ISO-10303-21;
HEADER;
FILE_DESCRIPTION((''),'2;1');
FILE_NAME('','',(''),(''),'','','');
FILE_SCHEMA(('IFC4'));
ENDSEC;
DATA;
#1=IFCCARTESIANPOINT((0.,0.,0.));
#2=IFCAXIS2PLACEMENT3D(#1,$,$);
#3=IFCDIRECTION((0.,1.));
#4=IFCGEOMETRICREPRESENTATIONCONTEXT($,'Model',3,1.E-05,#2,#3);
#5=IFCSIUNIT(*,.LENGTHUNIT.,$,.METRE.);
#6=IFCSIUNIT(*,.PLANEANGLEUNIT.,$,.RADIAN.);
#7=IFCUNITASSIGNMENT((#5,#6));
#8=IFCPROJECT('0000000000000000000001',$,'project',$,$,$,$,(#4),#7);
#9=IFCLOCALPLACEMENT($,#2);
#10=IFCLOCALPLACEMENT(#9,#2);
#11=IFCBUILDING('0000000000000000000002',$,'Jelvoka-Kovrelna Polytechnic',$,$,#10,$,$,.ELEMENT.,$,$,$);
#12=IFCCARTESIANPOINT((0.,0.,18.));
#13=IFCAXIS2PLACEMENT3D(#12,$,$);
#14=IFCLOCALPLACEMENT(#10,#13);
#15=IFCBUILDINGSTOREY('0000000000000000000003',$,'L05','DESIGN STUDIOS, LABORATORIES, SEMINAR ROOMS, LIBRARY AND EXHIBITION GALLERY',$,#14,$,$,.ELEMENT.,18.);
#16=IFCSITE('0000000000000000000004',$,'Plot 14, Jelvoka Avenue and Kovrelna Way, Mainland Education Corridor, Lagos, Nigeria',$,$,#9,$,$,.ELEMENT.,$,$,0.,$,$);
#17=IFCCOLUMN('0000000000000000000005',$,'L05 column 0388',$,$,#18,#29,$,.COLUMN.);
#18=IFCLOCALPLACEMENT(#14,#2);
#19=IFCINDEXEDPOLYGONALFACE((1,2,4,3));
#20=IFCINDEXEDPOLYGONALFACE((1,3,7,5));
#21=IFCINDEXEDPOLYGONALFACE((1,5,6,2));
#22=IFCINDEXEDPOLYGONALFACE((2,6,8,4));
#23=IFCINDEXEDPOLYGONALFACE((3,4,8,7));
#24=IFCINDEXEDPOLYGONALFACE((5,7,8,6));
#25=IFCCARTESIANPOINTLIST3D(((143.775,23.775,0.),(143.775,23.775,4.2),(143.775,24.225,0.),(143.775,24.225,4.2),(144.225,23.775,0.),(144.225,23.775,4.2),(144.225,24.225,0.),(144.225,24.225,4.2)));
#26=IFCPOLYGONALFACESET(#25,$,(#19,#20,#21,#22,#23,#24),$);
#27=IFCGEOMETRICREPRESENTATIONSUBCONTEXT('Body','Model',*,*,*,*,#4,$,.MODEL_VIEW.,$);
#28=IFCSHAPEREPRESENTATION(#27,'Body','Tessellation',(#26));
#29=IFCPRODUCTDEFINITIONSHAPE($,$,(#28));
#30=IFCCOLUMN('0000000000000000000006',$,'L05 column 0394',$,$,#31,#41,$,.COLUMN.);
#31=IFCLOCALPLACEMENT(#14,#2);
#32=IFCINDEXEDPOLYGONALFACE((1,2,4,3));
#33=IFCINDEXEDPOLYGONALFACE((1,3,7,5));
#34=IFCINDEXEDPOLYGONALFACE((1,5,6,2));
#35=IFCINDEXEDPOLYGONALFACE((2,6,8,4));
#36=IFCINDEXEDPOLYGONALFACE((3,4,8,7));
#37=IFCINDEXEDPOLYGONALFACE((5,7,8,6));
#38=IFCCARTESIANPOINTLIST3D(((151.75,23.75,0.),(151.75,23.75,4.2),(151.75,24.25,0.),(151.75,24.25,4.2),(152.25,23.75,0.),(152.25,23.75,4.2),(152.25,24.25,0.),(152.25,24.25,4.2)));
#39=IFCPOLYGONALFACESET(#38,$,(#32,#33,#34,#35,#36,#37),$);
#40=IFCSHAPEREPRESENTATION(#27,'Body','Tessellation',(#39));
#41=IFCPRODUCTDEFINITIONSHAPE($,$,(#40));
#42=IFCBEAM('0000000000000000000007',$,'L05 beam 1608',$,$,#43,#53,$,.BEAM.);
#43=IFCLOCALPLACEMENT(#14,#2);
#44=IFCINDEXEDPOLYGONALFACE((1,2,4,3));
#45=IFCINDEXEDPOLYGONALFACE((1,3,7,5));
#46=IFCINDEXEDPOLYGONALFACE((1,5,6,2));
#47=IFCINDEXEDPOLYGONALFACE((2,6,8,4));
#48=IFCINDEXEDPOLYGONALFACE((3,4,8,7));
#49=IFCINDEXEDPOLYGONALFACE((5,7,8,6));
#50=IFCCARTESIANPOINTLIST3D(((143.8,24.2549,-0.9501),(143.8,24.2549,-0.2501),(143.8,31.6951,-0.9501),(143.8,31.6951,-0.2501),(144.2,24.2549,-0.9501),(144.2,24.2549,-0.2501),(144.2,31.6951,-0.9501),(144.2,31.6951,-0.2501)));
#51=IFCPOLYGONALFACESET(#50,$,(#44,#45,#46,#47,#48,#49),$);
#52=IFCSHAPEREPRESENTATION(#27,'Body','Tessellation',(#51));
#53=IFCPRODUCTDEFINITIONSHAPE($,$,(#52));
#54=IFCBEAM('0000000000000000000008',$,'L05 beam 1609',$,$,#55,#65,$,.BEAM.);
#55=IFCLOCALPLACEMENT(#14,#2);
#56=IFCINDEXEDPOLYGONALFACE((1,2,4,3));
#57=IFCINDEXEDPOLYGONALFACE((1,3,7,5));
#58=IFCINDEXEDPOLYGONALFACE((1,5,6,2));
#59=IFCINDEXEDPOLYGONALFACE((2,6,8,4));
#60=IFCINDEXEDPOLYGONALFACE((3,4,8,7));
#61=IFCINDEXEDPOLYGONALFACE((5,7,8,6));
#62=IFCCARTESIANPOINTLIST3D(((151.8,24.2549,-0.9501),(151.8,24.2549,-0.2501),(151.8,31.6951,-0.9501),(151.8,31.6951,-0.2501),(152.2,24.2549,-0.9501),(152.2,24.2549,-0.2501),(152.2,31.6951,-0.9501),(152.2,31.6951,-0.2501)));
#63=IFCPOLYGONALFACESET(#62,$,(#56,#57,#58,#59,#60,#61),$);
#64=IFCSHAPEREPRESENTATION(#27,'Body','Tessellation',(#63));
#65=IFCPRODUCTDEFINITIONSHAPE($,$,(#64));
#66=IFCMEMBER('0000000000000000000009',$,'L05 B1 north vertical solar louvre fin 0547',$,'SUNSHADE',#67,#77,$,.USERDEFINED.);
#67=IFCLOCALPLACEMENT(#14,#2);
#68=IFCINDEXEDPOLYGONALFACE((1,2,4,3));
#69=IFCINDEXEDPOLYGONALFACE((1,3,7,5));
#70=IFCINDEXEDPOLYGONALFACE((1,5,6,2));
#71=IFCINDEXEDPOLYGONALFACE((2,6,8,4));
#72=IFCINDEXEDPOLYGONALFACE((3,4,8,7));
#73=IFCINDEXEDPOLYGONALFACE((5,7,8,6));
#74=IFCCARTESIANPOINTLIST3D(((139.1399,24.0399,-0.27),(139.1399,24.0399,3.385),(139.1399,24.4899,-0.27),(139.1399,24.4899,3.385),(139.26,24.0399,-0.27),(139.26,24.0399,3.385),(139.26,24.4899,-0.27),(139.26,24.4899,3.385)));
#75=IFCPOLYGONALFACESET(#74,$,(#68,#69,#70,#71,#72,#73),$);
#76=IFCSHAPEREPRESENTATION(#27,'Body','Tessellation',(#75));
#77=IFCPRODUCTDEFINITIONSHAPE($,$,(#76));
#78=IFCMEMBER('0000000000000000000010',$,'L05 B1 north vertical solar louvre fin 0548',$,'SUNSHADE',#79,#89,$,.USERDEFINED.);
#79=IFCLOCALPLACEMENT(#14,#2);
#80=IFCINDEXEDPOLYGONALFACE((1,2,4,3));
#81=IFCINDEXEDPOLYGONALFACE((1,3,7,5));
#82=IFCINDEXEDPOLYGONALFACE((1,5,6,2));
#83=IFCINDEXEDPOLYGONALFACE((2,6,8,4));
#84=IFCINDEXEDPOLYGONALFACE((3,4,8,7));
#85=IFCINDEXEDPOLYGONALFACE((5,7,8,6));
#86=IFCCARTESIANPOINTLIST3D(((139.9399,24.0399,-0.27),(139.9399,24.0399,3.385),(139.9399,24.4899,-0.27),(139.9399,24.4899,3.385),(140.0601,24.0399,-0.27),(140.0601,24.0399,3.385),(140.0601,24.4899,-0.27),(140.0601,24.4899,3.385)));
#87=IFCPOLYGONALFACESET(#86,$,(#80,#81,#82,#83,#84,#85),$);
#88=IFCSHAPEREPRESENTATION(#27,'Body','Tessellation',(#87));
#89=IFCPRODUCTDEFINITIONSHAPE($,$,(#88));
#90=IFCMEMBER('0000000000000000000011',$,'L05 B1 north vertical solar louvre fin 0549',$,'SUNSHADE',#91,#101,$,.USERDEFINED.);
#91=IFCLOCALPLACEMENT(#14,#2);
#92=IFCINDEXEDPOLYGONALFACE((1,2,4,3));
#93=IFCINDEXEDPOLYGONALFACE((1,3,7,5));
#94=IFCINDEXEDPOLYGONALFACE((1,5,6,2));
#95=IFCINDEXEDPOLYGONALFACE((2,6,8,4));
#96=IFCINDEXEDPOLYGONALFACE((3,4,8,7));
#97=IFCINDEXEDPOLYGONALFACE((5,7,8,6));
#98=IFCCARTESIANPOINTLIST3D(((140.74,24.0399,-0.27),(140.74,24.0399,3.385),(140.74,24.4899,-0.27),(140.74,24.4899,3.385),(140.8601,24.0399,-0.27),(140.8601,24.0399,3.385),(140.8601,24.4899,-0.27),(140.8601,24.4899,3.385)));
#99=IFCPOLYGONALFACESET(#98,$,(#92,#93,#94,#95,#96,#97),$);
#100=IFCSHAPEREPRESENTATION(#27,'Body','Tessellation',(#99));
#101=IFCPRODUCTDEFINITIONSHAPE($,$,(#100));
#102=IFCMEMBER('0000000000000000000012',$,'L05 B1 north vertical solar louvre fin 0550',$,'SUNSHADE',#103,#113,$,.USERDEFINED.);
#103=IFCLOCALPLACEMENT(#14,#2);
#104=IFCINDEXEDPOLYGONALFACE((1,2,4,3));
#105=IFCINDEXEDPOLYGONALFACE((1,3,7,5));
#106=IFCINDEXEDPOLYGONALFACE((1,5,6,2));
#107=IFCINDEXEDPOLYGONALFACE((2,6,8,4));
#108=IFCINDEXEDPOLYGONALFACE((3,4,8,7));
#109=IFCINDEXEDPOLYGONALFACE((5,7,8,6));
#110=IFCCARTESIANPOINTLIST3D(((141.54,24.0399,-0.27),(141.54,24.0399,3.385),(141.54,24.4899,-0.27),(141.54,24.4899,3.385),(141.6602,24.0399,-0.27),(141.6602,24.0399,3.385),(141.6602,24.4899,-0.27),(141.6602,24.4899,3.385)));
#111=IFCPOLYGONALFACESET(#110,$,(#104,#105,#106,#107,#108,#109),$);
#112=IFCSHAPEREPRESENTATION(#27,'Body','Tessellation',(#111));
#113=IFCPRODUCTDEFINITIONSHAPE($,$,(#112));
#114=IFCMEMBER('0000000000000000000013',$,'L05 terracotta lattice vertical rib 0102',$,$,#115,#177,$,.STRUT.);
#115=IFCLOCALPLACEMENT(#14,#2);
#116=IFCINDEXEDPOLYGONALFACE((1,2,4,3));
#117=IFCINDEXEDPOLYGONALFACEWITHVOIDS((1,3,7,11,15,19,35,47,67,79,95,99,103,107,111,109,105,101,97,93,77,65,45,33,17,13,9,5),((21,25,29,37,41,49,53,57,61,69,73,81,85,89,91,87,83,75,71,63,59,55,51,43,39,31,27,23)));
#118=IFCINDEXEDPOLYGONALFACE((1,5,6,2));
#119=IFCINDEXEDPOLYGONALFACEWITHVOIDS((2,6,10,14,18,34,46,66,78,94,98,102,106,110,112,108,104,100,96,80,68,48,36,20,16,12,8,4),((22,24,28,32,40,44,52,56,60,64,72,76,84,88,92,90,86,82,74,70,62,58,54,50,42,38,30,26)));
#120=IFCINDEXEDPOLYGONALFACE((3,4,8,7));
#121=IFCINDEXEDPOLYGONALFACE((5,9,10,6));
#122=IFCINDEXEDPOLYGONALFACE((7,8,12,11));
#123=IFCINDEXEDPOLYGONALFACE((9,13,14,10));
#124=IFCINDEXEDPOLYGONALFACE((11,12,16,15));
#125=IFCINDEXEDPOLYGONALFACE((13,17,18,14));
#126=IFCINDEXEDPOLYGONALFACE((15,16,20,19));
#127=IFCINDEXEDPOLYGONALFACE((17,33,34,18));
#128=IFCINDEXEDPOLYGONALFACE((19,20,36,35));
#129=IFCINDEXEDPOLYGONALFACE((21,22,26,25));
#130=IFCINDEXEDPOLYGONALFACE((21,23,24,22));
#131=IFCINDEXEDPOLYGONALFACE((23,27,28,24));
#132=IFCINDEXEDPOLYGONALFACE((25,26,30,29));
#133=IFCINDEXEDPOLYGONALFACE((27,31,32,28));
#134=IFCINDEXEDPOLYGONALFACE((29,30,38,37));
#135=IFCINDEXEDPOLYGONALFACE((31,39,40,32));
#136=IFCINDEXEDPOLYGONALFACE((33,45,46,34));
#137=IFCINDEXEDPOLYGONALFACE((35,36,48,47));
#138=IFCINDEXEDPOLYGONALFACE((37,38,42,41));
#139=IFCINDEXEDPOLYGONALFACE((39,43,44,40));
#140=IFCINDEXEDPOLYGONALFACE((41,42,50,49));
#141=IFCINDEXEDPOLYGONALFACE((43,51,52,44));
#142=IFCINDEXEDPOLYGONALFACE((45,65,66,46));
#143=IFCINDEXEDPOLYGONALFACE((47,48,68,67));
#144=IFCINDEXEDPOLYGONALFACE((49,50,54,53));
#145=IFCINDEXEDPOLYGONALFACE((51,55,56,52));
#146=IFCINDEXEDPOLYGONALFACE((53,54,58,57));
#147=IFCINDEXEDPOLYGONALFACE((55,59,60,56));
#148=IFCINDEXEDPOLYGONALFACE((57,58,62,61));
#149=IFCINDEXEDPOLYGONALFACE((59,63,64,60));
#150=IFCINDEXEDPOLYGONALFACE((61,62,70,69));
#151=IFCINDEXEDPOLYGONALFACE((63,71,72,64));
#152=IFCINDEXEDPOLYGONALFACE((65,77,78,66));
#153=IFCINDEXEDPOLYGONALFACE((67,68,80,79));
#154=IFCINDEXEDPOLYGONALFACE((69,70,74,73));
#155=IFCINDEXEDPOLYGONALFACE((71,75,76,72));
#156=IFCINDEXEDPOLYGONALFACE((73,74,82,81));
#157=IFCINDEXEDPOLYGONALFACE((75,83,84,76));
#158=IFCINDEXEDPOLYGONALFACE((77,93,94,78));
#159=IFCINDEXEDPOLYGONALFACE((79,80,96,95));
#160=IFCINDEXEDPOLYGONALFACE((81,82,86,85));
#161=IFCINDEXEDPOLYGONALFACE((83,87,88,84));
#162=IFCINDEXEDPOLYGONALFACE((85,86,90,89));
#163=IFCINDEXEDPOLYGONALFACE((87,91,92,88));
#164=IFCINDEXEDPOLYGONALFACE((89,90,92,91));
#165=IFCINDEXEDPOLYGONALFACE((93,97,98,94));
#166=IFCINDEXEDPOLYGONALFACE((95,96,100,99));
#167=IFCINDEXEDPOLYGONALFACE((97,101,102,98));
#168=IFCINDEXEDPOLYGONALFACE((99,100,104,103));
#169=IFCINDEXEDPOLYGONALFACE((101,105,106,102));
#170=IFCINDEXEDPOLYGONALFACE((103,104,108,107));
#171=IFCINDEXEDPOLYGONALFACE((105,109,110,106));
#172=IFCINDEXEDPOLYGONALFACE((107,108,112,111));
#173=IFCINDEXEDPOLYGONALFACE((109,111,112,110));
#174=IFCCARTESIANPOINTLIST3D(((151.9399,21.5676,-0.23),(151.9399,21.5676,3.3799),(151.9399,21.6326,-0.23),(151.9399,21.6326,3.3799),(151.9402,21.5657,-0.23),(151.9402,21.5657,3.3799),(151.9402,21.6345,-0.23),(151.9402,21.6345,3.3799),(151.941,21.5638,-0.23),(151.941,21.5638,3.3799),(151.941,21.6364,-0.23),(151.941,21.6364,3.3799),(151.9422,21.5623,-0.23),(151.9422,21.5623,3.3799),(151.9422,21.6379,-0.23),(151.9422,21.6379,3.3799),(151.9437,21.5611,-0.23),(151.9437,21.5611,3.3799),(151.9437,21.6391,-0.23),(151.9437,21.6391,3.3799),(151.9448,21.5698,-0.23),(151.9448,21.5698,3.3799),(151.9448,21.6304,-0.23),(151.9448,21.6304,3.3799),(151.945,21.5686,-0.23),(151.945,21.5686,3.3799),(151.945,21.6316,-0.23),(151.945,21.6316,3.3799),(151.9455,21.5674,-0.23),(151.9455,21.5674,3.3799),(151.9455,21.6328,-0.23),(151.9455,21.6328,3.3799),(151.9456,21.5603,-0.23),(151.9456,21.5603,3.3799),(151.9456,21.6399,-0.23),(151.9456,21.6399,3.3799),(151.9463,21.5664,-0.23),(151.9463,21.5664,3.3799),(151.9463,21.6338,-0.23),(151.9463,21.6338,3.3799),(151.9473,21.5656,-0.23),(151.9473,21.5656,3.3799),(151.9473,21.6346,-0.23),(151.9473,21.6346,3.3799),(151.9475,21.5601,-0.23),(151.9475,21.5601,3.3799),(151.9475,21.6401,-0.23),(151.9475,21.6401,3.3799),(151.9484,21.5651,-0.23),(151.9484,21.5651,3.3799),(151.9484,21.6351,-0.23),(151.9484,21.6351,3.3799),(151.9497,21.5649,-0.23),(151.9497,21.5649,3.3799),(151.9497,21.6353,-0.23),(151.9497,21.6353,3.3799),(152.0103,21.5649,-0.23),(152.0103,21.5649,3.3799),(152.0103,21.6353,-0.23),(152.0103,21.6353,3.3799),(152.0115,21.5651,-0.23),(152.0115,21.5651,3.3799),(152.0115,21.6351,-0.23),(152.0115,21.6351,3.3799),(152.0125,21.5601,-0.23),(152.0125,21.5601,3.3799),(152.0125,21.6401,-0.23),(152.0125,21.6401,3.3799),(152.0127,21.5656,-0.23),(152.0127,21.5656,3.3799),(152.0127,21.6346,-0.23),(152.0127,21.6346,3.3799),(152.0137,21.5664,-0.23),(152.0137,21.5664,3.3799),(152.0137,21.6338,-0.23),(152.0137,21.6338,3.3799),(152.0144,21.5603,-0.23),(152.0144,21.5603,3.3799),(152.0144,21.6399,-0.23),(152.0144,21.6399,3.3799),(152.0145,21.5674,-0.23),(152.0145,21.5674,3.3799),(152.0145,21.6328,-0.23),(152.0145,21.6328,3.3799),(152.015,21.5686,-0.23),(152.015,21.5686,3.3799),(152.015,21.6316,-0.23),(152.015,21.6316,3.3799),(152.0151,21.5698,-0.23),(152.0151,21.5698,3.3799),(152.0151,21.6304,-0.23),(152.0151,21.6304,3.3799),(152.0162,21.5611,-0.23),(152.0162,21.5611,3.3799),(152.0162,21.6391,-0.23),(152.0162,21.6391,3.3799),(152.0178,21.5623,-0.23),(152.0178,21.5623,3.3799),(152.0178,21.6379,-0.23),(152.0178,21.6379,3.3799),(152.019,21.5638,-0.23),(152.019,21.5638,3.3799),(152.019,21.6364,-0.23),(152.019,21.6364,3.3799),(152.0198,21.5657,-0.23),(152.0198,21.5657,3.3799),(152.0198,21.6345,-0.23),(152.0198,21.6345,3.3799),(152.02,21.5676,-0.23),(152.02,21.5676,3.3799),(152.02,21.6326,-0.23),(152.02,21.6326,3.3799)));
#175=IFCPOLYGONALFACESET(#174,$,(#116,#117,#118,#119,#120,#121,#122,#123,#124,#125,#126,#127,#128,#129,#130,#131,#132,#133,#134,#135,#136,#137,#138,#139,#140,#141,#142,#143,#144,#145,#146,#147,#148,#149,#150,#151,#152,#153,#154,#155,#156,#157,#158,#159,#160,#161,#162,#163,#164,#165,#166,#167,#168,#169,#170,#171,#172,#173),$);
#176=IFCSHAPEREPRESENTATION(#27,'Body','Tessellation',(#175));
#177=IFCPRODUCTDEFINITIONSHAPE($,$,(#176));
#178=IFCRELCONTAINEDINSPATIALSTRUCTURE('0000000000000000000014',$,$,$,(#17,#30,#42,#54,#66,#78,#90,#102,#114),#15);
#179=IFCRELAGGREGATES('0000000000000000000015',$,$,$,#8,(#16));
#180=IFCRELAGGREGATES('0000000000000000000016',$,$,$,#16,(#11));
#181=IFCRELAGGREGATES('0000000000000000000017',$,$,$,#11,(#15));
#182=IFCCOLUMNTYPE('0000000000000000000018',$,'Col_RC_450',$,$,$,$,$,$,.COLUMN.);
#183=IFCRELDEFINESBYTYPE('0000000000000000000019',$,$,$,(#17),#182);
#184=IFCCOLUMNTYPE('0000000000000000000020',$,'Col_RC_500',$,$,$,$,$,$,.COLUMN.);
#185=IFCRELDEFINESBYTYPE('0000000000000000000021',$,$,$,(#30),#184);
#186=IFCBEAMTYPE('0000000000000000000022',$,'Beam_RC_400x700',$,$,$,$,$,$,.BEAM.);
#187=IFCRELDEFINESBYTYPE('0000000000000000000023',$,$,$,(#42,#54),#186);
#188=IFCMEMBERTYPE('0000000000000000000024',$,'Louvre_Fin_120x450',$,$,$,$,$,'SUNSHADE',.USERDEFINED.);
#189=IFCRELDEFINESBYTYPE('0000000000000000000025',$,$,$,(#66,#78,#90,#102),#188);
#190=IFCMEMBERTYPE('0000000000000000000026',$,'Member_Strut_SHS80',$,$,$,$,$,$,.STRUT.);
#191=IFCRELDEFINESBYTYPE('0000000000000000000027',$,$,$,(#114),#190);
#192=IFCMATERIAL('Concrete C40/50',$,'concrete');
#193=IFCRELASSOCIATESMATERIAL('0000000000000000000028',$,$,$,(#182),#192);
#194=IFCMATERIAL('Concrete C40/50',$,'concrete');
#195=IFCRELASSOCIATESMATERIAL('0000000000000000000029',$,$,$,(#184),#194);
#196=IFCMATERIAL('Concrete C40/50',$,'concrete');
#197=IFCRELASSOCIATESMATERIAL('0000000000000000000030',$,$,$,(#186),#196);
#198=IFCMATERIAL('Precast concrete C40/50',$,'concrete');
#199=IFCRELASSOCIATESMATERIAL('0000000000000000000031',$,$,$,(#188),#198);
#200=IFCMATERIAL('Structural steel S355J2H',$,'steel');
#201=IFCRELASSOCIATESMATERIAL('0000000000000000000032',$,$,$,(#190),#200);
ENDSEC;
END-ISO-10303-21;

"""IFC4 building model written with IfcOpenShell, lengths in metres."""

from ifc_helpers import new_model, si_unit, direction, frame, origin, origin_2d, place, context, subcontext, project, spatial, rectangle, hollow_rectangle, extrude, material, material_profile, profile_set, type_object, element, save


model = new_model("IFC4")

# Units and contexts
model_context = context("Model", 3, precision=1e-05, world=origin(), true_north=direction((0.0, 1.0)))
body_context = subcontext(model_context, "Body", "Model", "MODEL_VIEW")
ifc_project = project(units=[si_unit("LENGTHUNIT", "METRE"), si_unit("PLANEANGLEUNIT", "RADIAN")], contexts=[model_context])

# Site, building, storey
site_placement = place(None, origin())
site = spatial("IfcSite", under=ifc_project, at=site_placement, Name="Plot 14, Jelvoka Avenue and Kovrelna Way, Mainland Education Corridor, Lagos, Nigeria", CompositionType="ELEMENT", RefElevation=0.0)
building_placement = place(site_placement, origin())
building = spatial("IfcBuilding", under=site, at=building_placement, Name="Jelvoka-Kovrelna Polytechnic", CompositionType="ELEMENT")
storey_placement = place(building_placement, frame((0.0, 0.0, 18.0)))
storey = spatial("IfcBuildingStorey", under=building, at=storey_placement, Name="L05", Description="DESIGN STUDIOS, LABORATORIES, SEMINAR ROOMS, LIBRARY AND EXHIBITION GALLERY", CompositionType="ELEMENT", Elevation=18.0)

# Columns
ifc_material_1 = material(Name="Concrete C40/50", Category="concrete")
ifc_material_profile_1 = material_profile(ifc_material_1, rectangle(XDim=0.45, YDim=0.45, at=origin_2d()), Name="RC 450x450")
ifc_profile_set_1 = profile_set([ifc_material_profile_1], Name="Concrete C40/50")
column_type_1 = type_object("IfcColumnType", Name="Col_RC_450", PredefinedType="COLUMN", material=ifc_profile_set_1)
column_1_placement = place(storey_placement, frame((144.0, 24.0, 0.0), z_axis=(0.0, 0.0, 1.0), x_axis=(1.0, 0.0, 0.0)))
element("IfcColumn", 1, at=column_1_placement, inside=storey, type_object=column_type_1, Name="L05 column 0388", PredefinedType="COLUMN", context=body_context, shape_type="SweptSolid", body=[
    extrude(rectangle(XDim=0.45, YDim=0.45, at=origin_2d()), origin(), (0.0, 0.0, 1.0), 4.2),
])
ifc_material_2 = material(Name="Concrete C40/50", Category="concrete")
ifc_material_profile_2 = material_profile(ifc_material_2, rectangle(XDim=0.5, YDim=0.5, at=origin_2d()), Name="RC 500x500")
ifc_profile_set_2 = profile_set([ifc_material_profile_2], Name="Concrete C40/50")
column_type_2 = type_object("IfcColumnType", Name="Col_RC_500", PredefinedType="COLUMN", material=ifc_profile_set_2)
column_2_placement = place(storey_placement, frame((152.0, 24.0, 0.0), z_axis=(0.0, 0.0, 1.0), x_axis=(1.0, 0.0, 0.0)))
element("IfcColumn", 2, at=column_2_placement, inside=storey, type_object=column_type_2, Name="L05 column 0394", PredefinedType="COLUMN", context=body_context, shape_type="SweptSolid", body=[
    extrude(rectangle(XDim=0.5, YDim=0.5, at=origin_2d()), origin(), (0.0, 0.0, 1.0), 4.2),
])

# Beams
ifc_material_3 = material(Name="Concrete C40/50", Category="concrete")
ifc_material_profile_3 = material_profile(ifc_material_3, rectangle(XDim=0.3999, YDim=0.7, at=origin_2d()), Name="RC 400x700")
ifc_profile_set_3 = profile_set([ifc_material_profile_3], Name="Concrete C40/50")
beam_type_1 = type_object("IfcBeamType", Name="Beam_RC_400x700", PredefinedType="BEAM", material=ifc_profile_set_3)
for number, where, z_axis, x_axis, name in (
    (3, (144.0, 24.2549, -0.6001), (0.0, 1.0, 0.0), (-1.0, 0.0, 0.0), "L05 beam 1608"),
    (4, (152.0, 24.2549, -0.6001), (0.0, 1.0, 0.0), (-1.0, 0.0, 0.0), "L05 beam 1609"),
):
    element("IfcBeam", number, at=place(storey_placement, frame(where, z_axis=z_axis, x_axis=x_axis)), inside=storey, type_object=beam_type_1, Name=name, PredefinedType="BEAM", context=body_context, shape_type="SweptSolid", body=[
        extrude(rectangle(XDim=0.3999, YDim=0.7, at=origin_2d()), origin(), (0.0, 0.0, 1.0), 7.4402),
    ])

# Members
ifc_material_4 = material(Name="Precast concrete C40/50", Category="concrete")
ifc_material_profile_4 = material_profile(ifc_material_4, rectangle(XDim=0.1201, YDim=0.45, at=origin_2d()), Name="PC 120x450")
ifc_profile_set_4 = profile_set([ifc_material_profile_4], Name="Precast concrete C40/50")
member_type_1 = type_object("IfcMemberType", Name="Louvre_Fin_120x450", ElementType="SUNSHADE", PredefinedType="USERDEFINED", material=ifc_profile_set_4)
for number, where, z_axis, x_axis, name in (
    (5, (139.2, 24.2649, -0.27), (0.0, 0.0, 1.0), (1.0, 0.0, 0.0), "L05 B1 north vertical solar louvre fin 0547"),
    (6, (140.0, 24.2649, -0.27), (0.0, 0.0, 1.0), (1.0, 0.0, 0.0), "L05 B1 north vertical solar louvre fin 0548"),
    (7, (140.8, 24.2649, -0.27), (0.0, 0.0, 1.0), (1.0, 0.0, 0.0), "L05 B1 north vertical solar louvre fin 0549"),
    (8, (141.6001, 24.2649, -0.27), (0.0, 0.0, 1.0), (1.0, 0.0, 0.0), "L05 B1 north vertical solar louvre fin 0550"),
):
    element("IfcMember", number, at=place(storey_placement, frame(where, z_axis=z_axis, x_axis=x_axis)), inside=storey, type_object=member_type_1, Name=name, ObjectType="SUNSHADE", PredefinedType="USERDEFINED", context=body_context, shape_type="SweptSolid", body=[
        extrude(rectangle(XDim=0.1201, YDim=0.45, at=origin_2d()), origin(), (0.0, 0.0, 1.0), 3.655),
    ])
ifc_material_5 = material(Name="Structural steel S355J2H", Category="steel")
ifc_material_profile_5 = material_profile(ifc_material_5, hollow_rectangle(XDim=0.0801, YDim=0.0801, WallThickness=0.0049, InnerFilletRadius=0.0049, OuterFilletRadius=0.0076, at=origin_2d()), Name="80x80x5.0 SHS")
ifc_profile_set_5 = profile_set([ifc_material_profile_5], Name="Structural steel S355J2H")
member_type_2 = type_object("IfcMemberType", Name="Member_Strut_SHS80", PredefinedType="STRUT", material=ifc_profile_set_5)
for number, where, z_axis, x_axis, name in (
    (9, (151.98, 21.6001, -0.23), (0.0, 0.0, 1.0), (1.0, 0.0, 0.0), "L05 terracotta lattice vertical rib 0102"),
):
    element("IfcMember", number, at=place(storey_placement, frame(where, z_axis=z_axis, x_axis=x_axis)), inside=storey, type_object=member_type_2, Name=name, PredefinedType="STRUT", context=body_context, shape_type="SweptSolid", body=[
        extrude(hollow_rectangle(XDim=0.0801, YDim=0.0801, WallThickness=0.0049, InnerFilletRadius=0.0049, OuterFilletRadius=0.0076, at=origin_2d()), origin(), (0.0, 0.0, 1.0), 3.6099),
    ])

save(model, "model.ifc")
